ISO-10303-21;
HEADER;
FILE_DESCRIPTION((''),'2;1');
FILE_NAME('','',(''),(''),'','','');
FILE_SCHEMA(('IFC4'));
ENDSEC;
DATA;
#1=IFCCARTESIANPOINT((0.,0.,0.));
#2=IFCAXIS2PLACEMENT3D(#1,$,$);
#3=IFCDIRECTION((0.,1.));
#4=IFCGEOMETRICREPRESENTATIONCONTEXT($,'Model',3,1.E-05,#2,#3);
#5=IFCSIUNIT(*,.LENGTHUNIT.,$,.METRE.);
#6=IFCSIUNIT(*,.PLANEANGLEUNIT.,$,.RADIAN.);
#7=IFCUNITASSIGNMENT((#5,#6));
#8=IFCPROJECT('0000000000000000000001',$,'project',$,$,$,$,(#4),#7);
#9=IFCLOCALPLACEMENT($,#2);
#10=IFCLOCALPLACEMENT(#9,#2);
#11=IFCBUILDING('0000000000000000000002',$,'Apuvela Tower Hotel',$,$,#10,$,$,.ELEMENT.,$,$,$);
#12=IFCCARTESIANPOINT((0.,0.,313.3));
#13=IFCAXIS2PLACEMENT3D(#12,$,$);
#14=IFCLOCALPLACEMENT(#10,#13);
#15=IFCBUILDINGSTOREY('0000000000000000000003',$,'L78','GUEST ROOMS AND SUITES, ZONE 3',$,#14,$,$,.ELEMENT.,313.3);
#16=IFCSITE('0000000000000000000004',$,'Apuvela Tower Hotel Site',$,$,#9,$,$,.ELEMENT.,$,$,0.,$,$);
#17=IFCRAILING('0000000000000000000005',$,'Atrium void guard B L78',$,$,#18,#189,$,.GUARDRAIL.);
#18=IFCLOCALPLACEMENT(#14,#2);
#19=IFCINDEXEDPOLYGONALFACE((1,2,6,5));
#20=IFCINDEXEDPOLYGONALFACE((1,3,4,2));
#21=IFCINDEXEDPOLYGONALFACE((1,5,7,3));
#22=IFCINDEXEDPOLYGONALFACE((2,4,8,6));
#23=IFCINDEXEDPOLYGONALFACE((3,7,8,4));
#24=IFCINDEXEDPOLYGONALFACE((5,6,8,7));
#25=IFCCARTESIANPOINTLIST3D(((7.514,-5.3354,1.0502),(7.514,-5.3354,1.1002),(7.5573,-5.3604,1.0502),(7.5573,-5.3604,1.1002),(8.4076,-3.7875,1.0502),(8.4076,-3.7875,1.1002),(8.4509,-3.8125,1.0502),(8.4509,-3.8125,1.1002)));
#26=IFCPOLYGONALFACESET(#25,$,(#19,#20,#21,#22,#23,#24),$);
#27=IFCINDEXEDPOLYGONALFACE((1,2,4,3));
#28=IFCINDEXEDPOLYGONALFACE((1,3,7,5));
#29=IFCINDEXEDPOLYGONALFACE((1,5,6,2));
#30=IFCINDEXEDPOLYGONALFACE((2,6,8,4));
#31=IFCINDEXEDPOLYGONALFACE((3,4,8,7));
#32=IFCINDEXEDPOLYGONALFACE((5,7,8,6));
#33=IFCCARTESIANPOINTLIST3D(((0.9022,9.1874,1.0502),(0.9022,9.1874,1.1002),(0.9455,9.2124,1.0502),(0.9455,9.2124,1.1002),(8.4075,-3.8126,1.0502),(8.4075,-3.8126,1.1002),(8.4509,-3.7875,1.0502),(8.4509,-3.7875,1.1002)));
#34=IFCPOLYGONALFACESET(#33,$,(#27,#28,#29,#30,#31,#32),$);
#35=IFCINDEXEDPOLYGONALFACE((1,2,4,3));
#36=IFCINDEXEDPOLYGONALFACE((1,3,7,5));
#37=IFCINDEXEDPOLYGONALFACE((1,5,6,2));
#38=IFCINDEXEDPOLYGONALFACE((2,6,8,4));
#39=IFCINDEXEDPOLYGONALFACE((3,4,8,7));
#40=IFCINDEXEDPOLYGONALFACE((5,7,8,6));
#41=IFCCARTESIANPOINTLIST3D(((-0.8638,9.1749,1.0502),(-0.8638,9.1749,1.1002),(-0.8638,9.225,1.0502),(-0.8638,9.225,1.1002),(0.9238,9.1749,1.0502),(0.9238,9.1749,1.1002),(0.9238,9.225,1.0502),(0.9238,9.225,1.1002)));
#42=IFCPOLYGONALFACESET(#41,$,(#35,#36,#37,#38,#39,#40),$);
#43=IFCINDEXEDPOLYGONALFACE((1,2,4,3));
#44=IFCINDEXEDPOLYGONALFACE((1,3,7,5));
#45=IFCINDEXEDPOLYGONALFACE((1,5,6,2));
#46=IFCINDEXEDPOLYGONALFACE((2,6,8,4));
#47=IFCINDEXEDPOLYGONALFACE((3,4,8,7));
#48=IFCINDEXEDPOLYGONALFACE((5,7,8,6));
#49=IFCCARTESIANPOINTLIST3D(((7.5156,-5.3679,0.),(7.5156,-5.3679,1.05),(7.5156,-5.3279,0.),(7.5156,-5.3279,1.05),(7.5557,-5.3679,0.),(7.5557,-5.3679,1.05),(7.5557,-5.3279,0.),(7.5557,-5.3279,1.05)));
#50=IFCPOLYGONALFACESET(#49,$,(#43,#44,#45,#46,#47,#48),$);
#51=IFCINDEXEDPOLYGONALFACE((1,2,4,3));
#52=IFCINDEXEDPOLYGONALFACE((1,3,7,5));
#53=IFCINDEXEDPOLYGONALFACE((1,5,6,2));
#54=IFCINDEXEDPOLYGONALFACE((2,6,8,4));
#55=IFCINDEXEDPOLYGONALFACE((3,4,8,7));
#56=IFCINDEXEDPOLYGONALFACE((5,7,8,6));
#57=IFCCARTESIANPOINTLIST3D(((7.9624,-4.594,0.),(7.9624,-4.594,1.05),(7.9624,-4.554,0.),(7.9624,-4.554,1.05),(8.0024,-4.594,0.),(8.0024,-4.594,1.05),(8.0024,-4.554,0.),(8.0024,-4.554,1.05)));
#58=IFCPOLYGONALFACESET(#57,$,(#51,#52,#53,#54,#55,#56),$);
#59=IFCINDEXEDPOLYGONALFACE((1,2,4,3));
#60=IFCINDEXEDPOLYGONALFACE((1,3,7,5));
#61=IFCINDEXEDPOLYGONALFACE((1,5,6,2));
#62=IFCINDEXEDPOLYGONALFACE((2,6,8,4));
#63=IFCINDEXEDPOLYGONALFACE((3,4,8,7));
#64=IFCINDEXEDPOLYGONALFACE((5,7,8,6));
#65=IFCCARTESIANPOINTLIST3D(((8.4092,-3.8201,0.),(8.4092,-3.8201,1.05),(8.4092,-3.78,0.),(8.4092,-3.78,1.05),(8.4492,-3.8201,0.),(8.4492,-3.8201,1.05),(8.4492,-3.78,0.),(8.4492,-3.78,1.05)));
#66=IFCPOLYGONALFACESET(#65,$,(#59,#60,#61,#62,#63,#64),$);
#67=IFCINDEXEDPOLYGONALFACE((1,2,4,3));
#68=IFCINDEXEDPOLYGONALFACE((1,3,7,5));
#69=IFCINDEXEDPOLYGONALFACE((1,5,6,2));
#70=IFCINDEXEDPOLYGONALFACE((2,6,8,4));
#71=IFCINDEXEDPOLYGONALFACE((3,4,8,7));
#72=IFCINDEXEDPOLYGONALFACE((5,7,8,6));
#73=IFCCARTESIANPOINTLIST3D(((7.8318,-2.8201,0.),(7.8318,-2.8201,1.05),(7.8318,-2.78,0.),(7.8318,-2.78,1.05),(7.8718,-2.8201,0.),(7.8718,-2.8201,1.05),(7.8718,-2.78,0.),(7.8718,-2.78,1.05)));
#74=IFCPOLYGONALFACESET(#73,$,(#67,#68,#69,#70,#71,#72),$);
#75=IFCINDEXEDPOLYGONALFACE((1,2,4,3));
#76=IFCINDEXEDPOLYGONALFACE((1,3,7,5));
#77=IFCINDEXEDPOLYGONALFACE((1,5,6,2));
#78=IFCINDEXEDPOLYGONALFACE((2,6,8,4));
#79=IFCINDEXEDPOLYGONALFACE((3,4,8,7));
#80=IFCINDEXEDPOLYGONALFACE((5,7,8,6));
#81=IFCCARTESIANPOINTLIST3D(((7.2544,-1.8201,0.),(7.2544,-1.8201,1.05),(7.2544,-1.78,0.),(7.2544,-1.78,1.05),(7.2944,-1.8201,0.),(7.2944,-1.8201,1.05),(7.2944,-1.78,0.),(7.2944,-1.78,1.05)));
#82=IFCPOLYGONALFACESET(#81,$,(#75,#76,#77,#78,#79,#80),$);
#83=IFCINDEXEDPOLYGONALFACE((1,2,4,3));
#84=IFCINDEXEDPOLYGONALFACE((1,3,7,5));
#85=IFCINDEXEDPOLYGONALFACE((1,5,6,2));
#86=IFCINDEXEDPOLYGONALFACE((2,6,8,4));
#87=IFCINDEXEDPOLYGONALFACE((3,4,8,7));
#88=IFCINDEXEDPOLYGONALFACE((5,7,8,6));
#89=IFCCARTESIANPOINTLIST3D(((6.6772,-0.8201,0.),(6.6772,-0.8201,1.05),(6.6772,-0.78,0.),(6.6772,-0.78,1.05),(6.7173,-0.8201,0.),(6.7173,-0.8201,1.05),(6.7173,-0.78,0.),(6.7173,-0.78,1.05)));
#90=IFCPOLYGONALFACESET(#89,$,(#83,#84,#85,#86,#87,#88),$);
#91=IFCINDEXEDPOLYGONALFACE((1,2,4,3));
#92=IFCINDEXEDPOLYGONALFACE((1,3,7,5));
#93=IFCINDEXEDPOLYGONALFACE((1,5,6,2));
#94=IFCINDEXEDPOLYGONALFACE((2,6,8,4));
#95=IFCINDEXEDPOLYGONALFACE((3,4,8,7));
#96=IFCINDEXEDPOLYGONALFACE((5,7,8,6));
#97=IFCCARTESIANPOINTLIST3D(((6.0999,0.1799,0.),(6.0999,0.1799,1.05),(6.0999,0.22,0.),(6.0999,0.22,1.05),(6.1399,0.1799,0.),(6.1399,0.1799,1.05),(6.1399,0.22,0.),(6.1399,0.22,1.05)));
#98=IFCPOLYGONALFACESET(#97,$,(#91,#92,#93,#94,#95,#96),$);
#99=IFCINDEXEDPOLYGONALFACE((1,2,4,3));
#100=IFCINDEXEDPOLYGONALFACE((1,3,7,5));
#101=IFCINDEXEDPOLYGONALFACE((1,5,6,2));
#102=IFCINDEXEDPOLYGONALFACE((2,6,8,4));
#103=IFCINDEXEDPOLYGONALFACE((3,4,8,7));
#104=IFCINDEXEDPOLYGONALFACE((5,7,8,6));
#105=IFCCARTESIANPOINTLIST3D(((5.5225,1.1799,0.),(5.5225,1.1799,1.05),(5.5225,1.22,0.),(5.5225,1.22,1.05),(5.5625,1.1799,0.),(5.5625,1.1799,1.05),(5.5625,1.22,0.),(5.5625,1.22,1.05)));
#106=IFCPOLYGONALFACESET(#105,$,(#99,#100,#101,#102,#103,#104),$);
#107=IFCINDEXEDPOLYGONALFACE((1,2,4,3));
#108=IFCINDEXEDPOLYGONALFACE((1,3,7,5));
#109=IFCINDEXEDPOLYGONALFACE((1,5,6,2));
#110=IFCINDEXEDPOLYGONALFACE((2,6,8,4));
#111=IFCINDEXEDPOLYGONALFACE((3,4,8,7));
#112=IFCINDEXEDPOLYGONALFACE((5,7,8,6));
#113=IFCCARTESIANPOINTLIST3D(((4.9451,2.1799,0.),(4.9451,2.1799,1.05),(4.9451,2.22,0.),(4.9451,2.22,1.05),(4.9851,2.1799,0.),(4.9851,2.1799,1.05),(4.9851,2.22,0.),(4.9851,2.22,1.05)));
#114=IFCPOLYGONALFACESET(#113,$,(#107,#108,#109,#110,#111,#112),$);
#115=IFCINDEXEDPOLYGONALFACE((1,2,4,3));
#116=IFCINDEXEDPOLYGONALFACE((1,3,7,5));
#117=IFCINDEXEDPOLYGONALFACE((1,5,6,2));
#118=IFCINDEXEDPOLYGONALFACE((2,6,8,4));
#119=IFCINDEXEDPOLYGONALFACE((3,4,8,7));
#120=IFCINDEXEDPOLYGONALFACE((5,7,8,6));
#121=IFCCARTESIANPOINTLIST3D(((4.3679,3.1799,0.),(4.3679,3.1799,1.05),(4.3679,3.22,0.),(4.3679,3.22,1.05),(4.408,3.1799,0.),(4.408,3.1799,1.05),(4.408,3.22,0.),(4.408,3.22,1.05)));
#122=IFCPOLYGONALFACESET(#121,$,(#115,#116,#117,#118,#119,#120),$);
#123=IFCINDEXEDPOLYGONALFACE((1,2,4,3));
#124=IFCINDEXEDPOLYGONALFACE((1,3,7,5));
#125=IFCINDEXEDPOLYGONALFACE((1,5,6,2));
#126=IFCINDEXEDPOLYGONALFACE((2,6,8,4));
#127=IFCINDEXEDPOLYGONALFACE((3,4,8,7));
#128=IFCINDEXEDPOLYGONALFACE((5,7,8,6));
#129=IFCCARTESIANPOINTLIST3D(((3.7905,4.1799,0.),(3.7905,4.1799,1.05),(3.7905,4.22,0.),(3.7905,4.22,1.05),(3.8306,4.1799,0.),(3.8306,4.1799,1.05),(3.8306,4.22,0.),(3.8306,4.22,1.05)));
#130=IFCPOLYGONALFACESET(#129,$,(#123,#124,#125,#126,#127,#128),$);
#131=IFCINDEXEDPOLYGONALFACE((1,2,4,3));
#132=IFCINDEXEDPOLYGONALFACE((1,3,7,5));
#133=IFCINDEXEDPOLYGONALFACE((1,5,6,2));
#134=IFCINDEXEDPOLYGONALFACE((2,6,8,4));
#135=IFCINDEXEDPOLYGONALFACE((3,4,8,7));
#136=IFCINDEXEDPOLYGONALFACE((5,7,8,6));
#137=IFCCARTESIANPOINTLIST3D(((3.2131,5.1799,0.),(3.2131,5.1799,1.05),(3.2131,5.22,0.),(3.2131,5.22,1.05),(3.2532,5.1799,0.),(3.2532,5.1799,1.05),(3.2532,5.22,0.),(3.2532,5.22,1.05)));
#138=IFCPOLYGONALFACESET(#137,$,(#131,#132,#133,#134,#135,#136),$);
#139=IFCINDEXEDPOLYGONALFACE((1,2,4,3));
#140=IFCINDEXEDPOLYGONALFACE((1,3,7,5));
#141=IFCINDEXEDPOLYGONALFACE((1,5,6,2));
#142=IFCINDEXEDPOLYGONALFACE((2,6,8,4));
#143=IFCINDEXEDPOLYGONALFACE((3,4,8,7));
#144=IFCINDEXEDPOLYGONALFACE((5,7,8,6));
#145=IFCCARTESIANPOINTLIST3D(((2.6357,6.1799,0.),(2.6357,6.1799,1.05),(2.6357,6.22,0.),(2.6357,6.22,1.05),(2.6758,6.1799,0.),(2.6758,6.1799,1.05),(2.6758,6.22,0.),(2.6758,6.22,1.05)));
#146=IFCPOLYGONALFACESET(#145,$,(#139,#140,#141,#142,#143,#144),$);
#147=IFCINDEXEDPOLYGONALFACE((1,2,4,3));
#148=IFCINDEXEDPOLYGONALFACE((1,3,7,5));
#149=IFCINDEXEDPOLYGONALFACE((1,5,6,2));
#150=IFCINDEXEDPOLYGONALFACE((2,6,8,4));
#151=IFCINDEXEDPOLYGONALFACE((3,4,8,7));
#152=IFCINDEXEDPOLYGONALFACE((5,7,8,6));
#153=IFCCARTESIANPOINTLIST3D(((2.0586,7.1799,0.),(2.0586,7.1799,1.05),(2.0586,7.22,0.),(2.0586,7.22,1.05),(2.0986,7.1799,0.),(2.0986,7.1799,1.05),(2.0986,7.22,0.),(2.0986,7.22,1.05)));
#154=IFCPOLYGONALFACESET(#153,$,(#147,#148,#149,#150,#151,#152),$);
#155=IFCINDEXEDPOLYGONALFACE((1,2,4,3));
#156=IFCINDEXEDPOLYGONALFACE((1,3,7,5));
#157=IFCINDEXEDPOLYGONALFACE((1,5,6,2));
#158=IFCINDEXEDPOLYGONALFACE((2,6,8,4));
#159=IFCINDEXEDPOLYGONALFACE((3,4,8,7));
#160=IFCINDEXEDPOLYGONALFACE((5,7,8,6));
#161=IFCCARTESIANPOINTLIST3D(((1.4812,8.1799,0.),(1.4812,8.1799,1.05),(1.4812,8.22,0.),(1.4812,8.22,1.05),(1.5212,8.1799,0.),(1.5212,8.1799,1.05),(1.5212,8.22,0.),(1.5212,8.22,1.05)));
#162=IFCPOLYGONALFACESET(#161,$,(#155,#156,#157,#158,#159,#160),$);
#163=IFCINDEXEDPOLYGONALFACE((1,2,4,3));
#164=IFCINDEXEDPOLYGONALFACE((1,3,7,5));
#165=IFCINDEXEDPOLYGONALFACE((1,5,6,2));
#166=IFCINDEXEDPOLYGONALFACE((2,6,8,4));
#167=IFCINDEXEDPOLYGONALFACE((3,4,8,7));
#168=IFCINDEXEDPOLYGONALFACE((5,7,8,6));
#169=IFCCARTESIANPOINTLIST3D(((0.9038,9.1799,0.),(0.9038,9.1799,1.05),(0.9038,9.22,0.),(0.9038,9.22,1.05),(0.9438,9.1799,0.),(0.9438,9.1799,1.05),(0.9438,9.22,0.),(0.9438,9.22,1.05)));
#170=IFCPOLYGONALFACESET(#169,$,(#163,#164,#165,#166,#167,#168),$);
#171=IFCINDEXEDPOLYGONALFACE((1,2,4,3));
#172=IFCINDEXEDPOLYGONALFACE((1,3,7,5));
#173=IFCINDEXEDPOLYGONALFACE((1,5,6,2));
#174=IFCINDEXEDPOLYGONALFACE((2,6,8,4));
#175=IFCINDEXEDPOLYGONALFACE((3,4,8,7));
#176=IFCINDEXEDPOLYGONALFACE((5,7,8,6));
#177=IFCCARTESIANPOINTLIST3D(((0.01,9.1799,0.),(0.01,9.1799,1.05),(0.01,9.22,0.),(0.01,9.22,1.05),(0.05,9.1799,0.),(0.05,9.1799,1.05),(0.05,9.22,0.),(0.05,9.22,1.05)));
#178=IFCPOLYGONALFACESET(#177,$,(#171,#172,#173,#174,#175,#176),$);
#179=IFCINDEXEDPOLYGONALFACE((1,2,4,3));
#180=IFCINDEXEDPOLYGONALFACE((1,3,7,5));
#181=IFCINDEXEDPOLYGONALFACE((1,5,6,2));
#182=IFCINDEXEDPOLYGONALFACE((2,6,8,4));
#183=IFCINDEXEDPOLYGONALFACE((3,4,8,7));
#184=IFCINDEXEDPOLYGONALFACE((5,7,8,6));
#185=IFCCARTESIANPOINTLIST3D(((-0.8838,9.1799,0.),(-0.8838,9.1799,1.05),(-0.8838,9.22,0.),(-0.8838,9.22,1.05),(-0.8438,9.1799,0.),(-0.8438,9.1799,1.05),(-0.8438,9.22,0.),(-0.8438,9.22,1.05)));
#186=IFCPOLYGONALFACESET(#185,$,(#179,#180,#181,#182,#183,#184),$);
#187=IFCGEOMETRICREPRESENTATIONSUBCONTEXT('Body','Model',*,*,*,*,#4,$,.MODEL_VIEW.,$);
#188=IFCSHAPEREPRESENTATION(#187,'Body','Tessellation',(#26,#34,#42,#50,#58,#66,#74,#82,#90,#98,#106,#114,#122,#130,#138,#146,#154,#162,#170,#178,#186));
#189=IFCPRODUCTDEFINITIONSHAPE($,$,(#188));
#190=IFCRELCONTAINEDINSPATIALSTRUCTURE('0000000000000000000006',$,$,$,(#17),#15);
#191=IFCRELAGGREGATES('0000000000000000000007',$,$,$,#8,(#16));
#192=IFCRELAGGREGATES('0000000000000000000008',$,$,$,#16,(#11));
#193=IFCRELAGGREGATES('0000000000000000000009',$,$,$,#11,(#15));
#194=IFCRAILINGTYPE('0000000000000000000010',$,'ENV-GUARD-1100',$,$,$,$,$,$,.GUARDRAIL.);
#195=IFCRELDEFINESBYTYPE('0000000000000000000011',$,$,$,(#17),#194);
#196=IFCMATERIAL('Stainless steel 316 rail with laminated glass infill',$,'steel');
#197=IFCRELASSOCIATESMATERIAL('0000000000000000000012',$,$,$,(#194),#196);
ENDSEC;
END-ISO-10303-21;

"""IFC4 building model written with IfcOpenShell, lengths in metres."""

from ifc_helpers import new_model, si_unit, direction, frame, origin, origin_2d, place, context, subcontext, project, spatial, rectangle, extrude, material, type_object, element, save


model = new_model("IFC4")

# Units and contexts
model_context = context("Model", 3, precision=1e-05, world=origin(), true_north=direction((0.0, 1.0)))
body_context = subcontext(model_context, "Body", "Model", "MODEL_VIEW")
ifc_project = project(units=[si_unit("LENGTHUNIT", "METRE"), si_unit("PLANEANGLEUNIT", "RADIAN")], contexts=[model_context])

# Site, building, storey
site_placement = place(None, origin())
site = spatial("IfcSite", under=ifc_project, at=site_placement, Name="Apuvela Tower Hotel Site", CompositionType="ELEMENT", RefElevation=0.0)
building_placement = place(site_placement, origin())
building = spatial("IfcBuilding", under=site, at=building_placement, Name="Apuvela Tower Hotel", CompositionType="ELEMENT")
storey_placement = place(building_placement, frame((0.0, 0.0, 313.3)))
storey = spatial("IfcBuildingStorey", under=building, at=storey_placement, Name="L78", Description="GUEST ROOMS AND SUITES, ZONE 3", CompositionType="ELEMENT", Elevation=313.3)

# Railing
ifc_material_1 = material(Name="Stainless steel 316 rail with laminated glass infill", Category="steel")
railing_type_1 = type_object("IfcRailingType", Name="ENV-GUARD-1100", PredefinedType="GUARDRAIL", material=ifc_material_1)
railing_1_placement = place(storey_placement, frame((7.5356, -5.3479, 0.0)))
element("IfcRailing", 1, at=railing_1_placement, inside=storey, type_object=railing_type_1, Name="Atrium void guard B L78", PredefinedType="GUARDRAIL", context=body_context, shape_type="SweptSolid", body=[
    extrude(rectangle(XDim=0.05, YDim=0.05, at=origin_2d()), frame((0.0, 0.0, 1.0752), z_axis=(0.499959, 0.866049, 0.0), x_axis=(-0.866049, 0.499959, 0.0)), (0.0, 0.0, 1.0), 1.7874),
    extrude(rectangle(XDim=0.05, YDim=0.05, at=origin_2d()), frame((0.8936, 1.5479, 1.0752), z_axis=(-0.499991, 0.866031, 0.0), x_axis=(-0.866031, -0.499991, 0.0)), (0.0, 0.0, 1.0), 15.011),
    extrude(rectangle(XDim=0.05, YDim=0.05, at=origin_2d()), frame((-6.6118, 14.5479, 1.0752), z_axis=(-1.0, 0.0, 0.0), x_axis=(0.0, -1.0, 0.0)), (0.0, 0.0, 1.0), 1.7876),
    extrude(rectangle(XDim=0.04, YDim=0.04, at=origin_2d()), origin(), (0.0, 0.0, 1.0), 1.05),
    extrude(rectangle(XDim=0.04, YDim=0.04, at=origin_2d()), frame((0.4468, 0.7739, 0.0)), (0.0, 0.0, 1.0), 1.05),
    extrude(rectangle(XDim=0.04, YDim=0.04, at=origin_2d()), frame((0.8936, 1.5479, 0.0)), (0.0, 0.0, 1.0), 1.05),
    extrude(rectangle(XDim=0.04, YDim=0.04, at=origin_2d()), frame((0.3162, 2.5479, 0.0)), (0.0, 0.0, 1.0), 1.05),
    extrude(rectangle(XDim=0.04, YDim=0.04, at=origin_2d()), frame((-0.2612, 3.5479, 0.0)), (0.0, 0.0, 1.0), 1.05),
    extrude(rectangle(XDim=0.04, YDim=0.04, at=origin_2d()), frame((-0.8384, 4.5479, 0.0)), (0.0, 0.0, 1.0), 1.05),
    extrude(rectangle(XDim=0.04, YDim=0.04, at=origin_2d()), frame((-1.4158, 5.5479, 0.0)), (0.0, 0.0, 1.0), 1.05),
    extrude(rectangle(XDim=0.04, YDim=0.04, at=origin_2d()), frame((-1.9932, 6.5479, 0.0)), (0.0, 0.0, 1.0), 1.05),
    extrude(rectangle(XDim=0.04, YDim=0.04, at=origin_2d()), frame((-2.5706, 7.5479, 0.0)), (0.0, 0.0, 1.0), 1.05),
    extrude(rectangle(XDim=0.04, YDim=0.04, at=origin_2d()), frame((-3.1477, 8.5479, 0.0)), (0.0, 0.0, 1.0), 1.05),
    extrude(rectangle(XDim=0.04, YDim=0.04, at=origin_2d()), frame((-3.7251, 9.5479, 0.0)), (0.0, 0.0, 1.0), 1.05),
    extrude(rectangle(XDim=0.04, YDim=0.04, at=origin_2d()), frame((-4.3025, 10.5479, 0.0)), (0.0, 0.0, 1.0), 1.05),
    extrude(rectangle(XDim=0.04, YDim=0.04, at=origin_2d()), frame((-4.8799, 11.5479, 0.0)), (0.0, 0.0, 1.0), 1.05),
    extrude(rectangle(XDim=0.04, YDim=0.04, at=origin_2d()), frame((-5.457, 12.5479, 0.0)), (0.0, 0.0, 1.0), 1.05),
    extrude(rectangle(XDim=0.04, YDim=0.04, at=origin_2d()), frame((-6.0344, 13.5479, 0.0)), (0.0, 0.0, 1.0), 1.05),
    extrude(rectangle(XDim=0.04, YDim=0.04, at=origin_2d()), frame((-6.6118, 14.5479, 0.0)), (0.0, 0.0, 1.0), 1.05),
    extrude(rectangle(XDim=0.04, YDim=0.04, at=origin_2d()), frame((-7.5056, 14.5479, 0.0)), (0.0, 0.0, 1.0), 1.05),
    extrude(rectangle(XDim=0.04, YDim=0.04, at=origin_2d()), frame((-8.3994, 14.5479, 0.0)), (0.0, 0.0, 1.0), 1.05),
])

save(model, "model.ifc")
